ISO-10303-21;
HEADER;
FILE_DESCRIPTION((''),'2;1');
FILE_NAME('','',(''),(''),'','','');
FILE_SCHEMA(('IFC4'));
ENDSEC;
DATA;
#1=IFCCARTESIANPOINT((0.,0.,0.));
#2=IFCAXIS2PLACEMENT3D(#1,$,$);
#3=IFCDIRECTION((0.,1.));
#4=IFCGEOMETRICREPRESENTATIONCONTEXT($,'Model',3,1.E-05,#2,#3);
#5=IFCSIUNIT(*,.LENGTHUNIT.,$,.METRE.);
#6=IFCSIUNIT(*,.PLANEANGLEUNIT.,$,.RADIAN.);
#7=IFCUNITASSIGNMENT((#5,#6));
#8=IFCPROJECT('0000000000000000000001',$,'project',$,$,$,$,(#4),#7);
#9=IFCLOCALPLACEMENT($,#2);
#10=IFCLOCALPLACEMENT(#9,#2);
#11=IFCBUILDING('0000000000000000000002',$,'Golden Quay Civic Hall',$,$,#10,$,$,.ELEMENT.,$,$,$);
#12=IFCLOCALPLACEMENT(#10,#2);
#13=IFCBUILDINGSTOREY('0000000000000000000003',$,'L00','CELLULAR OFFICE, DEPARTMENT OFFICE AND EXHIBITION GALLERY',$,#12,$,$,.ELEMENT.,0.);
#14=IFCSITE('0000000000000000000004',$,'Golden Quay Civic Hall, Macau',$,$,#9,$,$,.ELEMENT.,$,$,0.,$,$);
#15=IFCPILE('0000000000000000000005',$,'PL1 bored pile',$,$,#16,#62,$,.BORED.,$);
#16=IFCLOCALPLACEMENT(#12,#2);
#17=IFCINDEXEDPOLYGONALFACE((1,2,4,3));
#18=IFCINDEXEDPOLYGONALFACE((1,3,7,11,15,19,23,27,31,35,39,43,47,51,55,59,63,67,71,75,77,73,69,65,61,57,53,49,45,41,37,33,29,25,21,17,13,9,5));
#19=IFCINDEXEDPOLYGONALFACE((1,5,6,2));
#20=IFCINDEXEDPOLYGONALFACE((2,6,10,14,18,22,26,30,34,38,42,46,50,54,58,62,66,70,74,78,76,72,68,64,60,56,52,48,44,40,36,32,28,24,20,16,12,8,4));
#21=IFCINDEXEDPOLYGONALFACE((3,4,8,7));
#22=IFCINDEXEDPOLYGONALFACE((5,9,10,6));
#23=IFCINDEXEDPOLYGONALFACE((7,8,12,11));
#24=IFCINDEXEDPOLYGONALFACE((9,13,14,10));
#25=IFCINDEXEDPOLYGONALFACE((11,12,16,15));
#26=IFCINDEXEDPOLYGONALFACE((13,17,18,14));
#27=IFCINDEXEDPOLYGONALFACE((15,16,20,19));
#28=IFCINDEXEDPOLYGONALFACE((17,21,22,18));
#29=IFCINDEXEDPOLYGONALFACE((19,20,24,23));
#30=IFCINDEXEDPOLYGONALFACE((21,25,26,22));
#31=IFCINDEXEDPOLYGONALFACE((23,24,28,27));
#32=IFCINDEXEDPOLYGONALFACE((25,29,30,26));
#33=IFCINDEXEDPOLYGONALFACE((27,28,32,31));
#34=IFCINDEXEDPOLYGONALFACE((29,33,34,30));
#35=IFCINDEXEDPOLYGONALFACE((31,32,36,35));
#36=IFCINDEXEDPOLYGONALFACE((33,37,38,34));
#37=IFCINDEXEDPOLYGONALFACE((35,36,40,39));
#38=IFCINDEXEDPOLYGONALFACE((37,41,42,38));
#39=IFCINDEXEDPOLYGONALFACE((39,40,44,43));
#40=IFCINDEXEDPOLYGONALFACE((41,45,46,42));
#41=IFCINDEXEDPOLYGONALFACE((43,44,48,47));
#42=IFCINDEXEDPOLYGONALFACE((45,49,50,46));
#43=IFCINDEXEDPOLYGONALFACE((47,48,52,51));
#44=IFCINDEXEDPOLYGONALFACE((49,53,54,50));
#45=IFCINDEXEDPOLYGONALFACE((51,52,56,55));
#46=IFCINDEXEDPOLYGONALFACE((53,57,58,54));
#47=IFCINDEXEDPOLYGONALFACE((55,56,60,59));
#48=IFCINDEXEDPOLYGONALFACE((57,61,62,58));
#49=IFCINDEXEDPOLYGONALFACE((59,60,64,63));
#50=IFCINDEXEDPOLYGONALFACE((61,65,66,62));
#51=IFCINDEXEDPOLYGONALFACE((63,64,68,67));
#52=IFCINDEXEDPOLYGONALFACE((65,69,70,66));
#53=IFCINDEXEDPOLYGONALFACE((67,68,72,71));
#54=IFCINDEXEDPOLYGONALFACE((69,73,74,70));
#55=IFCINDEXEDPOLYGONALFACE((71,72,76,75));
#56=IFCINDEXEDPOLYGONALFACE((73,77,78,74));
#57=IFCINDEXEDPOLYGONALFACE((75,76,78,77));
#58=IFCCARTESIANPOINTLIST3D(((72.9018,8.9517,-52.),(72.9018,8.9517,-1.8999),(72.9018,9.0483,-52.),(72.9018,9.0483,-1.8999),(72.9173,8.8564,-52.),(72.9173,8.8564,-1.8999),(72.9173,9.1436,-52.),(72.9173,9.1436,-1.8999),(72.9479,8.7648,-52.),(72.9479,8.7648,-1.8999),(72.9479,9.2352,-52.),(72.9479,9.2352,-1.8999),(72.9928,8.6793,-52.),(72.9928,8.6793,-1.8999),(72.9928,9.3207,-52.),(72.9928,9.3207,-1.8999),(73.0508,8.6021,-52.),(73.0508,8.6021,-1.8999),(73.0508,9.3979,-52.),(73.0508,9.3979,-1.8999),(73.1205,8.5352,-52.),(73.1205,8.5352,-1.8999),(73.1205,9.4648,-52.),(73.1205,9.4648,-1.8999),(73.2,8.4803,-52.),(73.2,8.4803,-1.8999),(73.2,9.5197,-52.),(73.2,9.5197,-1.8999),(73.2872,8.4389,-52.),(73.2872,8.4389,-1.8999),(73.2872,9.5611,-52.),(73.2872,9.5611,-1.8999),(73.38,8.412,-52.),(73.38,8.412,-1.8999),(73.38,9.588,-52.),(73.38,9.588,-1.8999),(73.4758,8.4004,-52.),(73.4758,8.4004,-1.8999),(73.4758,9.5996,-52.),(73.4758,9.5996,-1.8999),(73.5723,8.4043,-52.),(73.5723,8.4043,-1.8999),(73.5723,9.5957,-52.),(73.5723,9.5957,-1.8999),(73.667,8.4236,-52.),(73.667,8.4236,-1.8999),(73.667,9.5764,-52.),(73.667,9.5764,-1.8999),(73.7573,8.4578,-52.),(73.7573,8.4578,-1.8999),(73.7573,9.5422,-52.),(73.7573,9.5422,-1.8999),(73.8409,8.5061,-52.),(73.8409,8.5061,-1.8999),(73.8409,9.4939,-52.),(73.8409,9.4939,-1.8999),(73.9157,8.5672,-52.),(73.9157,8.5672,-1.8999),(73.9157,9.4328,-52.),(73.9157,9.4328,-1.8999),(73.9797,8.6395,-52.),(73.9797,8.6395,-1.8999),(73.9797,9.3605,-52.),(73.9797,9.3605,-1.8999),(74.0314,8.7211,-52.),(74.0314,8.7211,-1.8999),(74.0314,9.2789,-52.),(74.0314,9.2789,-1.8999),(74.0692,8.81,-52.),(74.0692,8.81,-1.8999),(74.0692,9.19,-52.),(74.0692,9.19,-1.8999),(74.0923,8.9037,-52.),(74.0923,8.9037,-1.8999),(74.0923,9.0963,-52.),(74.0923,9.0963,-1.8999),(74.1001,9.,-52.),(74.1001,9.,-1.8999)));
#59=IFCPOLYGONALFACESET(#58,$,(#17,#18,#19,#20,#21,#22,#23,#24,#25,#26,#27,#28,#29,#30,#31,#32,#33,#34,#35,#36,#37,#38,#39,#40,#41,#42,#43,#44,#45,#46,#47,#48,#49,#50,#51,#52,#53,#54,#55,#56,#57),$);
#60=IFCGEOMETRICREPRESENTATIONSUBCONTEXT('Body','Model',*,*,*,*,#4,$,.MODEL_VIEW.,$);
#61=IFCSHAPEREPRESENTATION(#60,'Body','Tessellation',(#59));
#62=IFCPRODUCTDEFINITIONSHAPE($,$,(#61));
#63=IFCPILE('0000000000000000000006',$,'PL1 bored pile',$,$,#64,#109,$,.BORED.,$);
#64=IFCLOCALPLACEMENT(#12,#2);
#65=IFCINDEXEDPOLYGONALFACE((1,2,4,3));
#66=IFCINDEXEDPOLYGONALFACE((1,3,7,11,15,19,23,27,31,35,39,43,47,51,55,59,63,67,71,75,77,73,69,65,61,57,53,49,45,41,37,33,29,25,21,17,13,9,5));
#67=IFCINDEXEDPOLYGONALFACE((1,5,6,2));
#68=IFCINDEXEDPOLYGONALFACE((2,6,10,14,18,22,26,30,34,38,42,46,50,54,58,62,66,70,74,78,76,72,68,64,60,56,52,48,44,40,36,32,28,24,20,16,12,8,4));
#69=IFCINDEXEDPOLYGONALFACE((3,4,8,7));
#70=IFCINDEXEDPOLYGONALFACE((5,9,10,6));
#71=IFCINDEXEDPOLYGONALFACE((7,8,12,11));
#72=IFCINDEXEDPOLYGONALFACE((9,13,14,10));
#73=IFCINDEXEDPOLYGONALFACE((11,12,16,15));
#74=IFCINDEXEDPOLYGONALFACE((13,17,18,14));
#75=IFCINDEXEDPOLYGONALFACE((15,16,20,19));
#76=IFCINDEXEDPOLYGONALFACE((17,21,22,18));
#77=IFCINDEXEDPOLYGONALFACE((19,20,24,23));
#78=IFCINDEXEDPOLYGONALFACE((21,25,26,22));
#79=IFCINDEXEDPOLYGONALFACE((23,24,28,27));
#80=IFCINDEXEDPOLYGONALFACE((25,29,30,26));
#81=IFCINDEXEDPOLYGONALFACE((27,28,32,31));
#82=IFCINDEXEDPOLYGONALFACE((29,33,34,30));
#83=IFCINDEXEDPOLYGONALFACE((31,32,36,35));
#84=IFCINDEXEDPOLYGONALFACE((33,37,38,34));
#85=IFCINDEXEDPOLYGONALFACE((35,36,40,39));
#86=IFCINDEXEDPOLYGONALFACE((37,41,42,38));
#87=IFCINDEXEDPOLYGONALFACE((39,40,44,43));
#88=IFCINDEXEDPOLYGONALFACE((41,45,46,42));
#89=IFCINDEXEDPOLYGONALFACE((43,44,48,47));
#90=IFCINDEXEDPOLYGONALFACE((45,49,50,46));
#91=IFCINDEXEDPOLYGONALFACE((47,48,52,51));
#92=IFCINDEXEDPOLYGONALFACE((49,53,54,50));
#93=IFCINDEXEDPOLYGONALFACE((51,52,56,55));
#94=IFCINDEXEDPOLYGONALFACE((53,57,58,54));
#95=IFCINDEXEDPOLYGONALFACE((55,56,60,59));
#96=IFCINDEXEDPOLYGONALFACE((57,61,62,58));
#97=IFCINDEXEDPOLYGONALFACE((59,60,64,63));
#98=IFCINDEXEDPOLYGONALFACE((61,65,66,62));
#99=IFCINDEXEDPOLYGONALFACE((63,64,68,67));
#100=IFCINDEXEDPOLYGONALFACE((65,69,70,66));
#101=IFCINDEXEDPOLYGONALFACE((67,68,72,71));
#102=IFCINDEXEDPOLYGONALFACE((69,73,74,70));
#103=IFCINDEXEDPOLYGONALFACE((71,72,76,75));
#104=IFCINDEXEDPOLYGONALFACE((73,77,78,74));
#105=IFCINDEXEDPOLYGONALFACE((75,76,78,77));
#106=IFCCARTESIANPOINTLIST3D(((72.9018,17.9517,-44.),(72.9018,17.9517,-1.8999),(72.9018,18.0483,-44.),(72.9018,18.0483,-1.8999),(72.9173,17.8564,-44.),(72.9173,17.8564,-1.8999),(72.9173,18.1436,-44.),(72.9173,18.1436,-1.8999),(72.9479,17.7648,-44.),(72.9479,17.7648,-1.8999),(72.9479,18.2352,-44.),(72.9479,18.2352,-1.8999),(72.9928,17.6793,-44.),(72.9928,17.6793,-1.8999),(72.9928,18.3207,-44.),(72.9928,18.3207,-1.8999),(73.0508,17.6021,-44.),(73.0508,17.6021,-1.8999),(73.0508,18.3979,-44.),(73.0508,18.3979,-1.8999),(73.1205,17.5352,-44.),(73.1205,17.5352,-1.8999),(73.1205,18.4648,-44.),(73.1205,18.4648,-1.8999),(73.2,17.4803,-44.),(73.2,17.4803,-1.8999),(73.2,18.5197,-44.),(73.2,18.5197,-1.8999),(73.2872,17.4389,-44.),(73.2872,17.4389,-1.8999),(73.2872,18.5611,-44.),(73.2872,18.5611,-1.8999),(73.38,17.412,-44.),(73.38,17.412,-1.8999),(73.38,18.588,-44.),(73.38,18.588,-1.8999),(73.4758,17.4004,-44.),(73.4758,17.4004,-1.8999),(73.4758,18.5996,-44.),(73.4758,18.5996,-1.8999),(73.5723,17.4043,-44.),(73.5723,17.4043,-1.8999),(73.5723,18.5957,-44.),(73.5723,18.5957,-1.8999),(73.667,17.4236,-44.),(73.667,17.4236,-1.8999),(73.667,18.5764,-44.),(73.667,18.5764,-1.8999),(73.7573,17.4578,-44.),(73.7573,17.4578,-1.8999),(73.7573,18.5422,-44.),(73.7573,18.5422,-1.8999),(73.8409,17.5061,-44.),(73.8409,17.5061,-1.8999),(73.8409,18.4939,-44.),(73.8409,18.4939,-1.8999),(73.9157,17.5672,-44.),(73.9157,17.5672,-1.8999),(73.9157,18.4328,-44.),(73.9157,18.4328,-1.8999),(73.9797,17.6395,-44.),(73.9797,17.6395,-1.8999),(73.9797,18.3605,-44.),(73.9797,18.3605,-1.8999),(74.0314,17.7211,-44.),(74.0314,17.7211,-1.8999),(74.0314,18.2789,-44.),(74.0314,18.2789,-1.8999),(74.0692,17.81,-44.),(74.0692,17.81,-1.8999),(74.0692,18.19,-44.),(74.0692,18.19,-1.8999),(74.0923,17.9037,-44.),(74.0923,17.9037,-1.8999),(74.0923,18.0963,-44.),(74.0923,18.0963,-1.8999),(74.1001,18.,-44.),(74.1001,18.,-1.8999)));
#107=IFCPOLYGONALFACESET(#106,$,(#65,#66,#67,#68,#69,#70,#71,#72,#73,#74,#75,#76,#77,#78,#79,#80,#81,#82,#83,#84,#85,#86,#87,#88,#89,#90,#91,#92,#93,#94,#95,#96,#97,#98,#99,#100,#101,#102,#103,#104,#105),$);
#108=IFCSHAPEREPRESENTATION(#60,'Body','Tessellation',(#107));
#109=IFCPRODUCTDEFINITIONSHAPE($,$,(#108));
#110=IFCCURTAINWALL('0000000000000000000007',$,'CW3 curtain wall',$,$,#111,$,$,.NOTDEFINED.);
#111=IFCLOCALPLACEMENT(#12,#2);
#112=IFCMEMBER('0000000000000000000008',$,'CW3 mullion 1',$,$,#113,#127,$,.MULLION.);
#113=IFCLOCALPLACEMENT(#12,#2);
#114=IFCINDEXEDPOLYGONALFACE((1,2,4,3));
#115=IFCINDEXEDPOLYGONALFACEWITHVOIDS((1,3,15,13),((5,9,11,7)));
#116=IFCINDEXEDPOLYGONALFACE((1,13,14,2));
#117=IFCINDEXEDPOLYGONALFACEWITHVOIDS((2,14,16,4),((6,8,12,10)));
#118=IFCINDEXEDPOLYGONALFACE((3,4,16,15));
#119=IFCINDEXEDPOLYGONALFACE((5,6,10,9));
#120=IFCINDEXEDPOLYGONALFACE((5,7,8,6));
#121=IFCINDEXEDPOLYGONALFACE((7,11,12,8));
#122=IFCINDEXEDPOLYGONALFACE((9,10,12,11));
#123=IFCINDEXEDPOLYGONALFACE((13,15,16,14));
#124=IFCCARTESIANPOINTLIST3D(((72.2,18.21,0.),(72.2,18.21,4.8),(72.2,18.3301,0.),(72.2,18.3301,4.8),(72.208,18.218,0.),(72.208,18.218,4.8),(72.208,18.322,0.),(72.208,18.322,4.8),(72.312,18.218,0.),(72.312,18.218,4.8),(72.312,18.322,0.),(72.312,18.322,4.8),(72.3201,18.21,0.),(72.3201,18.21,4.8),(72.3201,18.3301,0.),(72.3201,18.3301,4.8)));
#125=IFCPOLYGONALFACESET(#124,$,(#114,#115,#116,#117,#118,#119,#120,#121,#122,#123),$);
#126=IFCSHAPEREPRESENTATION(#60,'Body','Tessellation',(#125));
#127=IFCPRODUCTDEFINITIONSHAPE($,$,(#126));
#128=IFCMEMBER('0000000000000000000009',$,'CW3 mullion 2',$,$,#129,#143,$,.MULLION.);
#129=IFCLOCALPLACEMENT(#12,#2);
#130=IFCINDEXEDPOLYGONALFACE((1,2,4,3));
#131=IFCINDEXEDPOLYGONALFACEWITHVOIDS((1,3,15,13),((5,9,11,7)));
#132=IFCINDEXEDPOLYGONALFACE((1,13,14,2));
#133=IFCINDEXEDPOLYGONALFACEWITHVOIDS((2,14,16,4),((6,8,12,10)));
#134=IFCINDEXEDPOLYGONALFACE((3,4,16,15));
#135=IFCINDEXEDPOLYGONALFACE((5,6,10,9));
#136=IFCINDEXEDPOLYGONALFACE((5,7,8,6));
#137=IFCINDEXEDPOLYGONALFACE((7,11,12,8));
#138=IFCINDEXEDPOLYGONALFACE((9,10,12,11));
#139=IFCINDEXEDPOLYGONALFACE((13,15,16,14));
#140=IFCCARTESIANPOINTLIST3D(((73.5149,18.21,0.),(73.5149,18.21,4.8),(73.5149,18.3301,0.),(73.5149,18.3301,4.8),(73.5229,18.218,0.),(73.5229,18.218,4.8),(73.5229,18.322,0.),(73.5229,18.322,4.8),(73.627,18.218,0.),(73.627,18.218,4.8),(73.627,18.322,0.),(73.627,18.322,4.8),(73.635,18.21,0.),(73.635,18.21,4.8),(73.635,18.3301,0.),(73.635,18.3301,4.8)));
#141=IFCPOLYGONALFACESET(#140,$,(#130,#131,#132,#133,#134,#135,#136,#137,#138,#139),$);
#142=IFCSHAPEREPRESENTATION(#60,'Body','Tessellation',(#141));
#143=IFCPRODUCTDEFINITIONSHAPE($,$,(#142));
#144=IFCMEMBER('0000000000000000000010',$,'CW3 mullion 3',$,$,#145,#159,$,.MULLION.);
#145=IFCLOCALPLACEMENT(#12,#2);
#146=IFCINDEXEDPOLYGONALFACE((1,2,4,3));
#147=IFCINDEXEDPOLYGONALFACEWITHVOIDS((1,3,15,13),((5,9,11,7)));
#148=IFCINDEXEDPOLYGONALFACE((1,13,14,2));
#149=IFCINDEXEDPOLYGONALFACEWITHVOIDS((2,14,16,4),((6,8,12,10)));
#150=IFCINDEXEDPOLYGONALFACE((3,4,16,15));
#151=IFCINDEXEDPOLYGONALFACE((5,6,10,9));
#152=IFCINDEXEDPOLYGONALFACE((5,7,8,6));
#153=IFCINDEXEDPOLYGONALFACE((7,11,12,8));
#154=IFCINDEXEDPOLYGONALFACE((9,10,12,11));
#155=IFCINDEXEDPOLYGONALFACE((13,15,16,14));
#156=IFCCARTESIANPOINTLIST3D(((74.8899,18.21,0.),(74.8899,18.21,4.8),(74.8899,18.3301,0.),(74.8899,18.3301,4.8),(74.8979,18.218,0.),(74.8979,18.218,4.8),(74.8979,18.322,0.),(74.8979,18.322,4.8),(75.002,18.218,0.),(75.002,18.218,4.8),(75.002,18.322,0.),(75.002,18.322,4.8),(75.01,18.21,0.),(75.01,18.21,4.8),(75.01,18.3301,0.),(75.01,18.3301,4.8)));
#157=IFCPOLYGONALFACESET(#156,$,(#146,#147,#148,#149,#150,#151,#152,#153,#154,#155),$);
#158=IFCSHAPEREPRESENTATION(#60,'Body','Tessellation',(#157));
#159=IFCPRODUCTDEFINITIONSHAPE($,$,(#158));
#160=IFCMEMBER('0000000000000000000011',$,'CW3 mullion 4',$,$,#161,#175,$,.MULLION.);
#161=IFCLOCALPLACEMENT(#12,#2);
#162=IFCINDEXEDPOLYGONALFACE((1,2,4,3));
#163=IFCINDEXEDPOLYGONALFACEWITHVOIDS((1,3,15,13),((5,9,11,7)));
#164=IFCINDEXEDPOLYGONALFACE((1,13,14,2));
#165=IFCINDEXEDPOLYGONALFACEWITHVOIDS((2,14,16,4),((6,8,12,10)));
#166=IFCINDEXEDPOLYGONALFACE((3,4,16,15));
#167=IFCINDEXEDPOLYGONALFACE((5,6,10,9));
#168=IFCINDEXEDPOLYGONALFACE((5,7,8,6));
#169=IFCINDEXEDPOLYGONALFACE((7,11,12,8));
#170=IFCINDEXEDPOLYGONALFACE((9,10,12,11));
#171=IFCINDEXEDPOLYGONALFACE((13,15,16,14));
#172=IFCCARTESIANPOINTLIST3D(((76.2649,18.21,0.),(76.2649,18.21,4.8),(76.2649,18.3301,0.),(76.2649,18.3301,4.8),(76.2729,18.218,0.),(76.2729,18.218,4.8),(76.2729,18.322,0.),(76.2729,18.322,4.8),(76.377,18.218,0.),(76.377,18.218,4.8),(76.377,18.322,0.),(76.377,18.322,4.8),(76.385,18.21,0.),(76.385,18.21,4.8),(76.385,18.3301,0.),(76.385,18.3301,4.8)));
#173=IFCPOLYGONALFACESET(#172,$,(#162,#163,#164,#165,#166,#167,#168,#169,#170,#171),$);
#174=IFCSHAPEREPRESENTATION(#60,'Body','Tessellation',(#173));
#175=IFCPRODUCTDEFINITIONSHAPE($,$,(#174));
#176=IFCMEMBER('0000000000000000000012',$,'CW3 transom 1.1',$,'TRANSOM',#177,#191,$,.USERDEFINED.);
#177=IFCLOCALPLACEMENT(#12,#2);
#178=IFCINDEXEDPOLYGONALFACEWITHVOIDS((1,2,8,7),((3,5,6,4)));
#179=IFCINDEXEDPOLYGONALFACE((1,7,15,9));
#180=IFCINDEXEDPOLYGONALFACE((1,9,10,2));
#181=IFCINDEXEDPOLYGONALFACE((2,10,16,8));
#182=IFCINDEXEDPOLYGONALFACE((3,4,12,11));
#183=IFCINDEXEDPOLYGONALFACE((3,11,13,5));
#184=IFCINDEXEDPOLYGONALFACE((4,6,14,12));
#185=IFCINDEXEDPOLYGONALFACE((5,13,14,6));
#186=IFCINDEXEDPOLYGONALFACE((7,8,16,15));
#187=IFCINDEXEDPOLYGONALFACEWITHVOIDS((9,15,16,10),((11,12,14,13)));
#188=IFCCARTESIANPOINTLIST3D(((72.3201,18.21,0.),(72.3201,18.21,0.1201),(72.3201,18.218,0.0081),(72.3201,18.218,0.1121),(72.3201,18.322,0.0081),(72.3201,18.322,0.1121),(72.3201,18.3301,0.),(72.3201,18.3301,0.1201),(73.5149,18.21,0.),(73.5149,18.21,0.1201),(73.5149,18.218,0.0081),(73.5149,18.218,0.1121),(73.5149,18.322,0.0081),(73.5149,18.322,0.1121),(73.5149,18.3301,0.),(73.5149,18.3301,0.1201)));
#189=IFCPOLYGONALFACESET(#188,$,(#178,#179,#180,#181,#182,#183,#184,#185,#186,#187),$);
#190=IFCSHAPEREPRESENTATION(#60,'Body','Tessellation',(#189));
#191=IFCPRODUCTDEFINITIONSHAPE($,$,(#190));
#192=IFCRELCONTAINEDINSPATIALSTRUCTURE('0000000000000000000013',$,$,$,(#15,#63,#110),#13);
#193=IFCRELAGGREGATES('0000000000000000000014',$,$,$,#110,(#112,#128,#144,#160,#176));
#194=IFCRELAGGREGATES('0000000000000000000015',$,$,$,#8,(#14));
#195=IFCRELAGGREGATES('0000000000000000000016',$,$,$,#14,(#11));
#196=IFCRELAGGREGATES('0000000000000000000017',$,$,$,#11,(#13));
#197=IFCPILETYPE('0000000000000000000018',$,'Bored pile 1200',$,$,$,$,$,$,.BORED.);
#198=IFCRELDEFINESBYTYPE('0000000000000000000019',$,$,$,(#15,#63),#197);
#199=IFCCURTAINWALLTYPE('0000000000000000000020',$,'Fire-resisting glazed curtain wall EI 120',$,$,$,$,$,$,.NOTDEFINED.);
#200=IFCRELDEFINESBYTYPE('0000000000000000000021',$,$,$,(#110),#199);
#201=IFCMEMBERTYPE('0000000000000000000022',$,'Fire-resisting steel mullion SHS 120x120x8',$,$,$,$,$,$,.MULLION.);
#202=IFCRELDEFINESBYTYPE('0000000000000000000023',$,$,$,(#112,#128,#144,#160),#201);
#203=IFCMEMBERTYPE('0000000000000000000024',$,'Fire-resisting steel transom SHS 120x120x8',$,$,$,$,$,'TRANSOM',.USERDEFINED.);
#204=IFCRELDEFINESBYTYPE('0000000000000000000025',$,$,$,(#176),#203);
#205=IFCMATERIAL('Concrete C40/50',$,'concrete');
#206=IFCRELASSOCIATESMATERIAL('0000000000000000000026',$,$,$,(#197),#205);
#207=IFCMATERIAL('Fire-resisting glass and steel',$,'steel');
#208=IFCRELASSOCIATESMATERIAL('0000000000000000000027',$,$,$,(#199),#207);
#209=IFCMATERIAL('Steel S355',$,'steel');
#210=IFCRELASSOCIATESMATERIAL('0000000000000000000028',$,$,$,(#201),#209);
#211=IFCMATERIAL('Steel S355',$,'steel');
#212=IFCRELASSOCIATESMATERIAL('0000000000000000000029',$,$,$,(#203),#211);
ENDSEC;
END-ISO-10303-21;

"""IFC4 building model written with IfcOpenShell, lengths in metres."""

from ifc_helpers import new_model, si_unit, direction, frame, origin, origin_2d, place, context, subcontext, project, spatial, hollow_rectangle, circle, extrude, material, material_profile, profile_set, type_object, element, aggregate, save


model = new_model("IFC4")

# Units and contexts
model_context = context("Model", 3, precision=1e-05, world=origin(), true_north=direction((0.0, 1.0)))
body_context = subcontext(model_context, "Body", "Model", "MODEL_VIEW")
ifc_project = project(units=[si_unit("LENGTHUNIT", "METRE"), si_unit("PLANEANGLEUNIT", "RADIAN")], contexts=[model_context])

# Site, building, storey
site_placement = place(None, origin())
site = spatial("IfcSite", under=ifc_project, at=site_placement, Name="Golden Quay Civic Hall, Macau", CompositionType="ELEMENT", RefElevation=0.0)
building_placement = place(site_placement, origin())
building = spatial("IfcBuilding", under=site, at=building_placement, Name="Golden Quay Civic Hall", CompositionType="ELEMENT")
storey_placement = place(building_placement, origin())
storey = spatial("IfcBuildingStorey", under=building, at=storey_placement, Name="L00", Description="CELLULAR OFFICE, DEPARTMENT OFFICE AND EXHIBITION GALLERY", CompositionType="ELEMENT", Elevation=0.0)

# Piles
ifc_material_1 = material(Name="Concrete C40/50", Category="concrete")
ifc_material_profile_1 = material_profile(ifc_material_1, circle(Radius=0.6001, at=origin_2d()), Name="RC D1200")
ifc_profile_set_1 = profile_set([ifc_material_profile_1], Name="Concrete C40/50")
pile_type = type_object("IfcPileType", Name="Bored pile 1200", PredefinedType="BORED", material=ifc_profile_set_1)
pile_1_placement = place(storey_placement, frame((73.5, 9.0, -1.8999), z_axis=(0.0, 0.0, -1.0), x_axis=(1.0, 0.0, 0.0)))
element("IfcPile", 1, at=pile_1_placement, inside=storey, type_object=pile_type, Name="PL1 bored pile", PredefinedType="BORED", context=body_context, shape_type="SweptSolid", body=[
    extrude(circle(Radius=0.6001, at=origin_2d()), origin(), (0.0, 0.0, 1.0), 50.1001),
])
pile_2_placement = place(storey_placement, frame((73.5, 18.0, -1.8999), z_axis=(0.0, 0.0, -1.0), x_axis=(1.0, 0.0, 0.0)))
element("IfcPile", 2, at=pile_2_placement, inside=storey, type_object=pile_type, Name="PL1 bored pile", PredefinedType="BORED", context=body_context, shape_type="SweptSolid", body=[
    extrude(circle(Radius=0.6001, at=origin_2d()), origin(), (0.0, 0.0, 1.0), 42.1001),
])

# Curtain wall, members
ifc_material_2 = material(Name="Fire-resisting glass and steel", Category="steel")
curtain_wall_type = type_object("IfcCurtainWallType", Name="Fire-resisting glazed curtain wall EI 120", PredefinedType="NOTDEFINED", material=ifc_material_2)
curtain_wall_placement = place(storey_placement, origin())
curtain_wall = element("IfcCurtainWall", 3, at=curtain_wall_placement, inside=storey, type_object=curtain_wall_type, Name="CW3 curtain wall", PredefinedType="NOTDEFINED")
ifc_material_3 = material(Name="Steel S355", Category="steel")
ifc_material_profile_2 = material_profile(ifc_material_3, hollow_rectangle(XDim=0.1201, YDim=0.1201, WallThickness=0.0081, at=origin_2d()), Name="SHS 120x120x8")
ifc_profile_set_2 = profile_set([ifc_material_profile_2], Name="Steel S355")
member_type_1 = type_object("IfcMemberType", Name="Fire-resisting steel mullion SHS 120x120x8", PredefinedType="MULLION", material=ifc_profile_set_2)
member_1_placement = place(storey_placement, frame((72.26, 18.27, 0.0), z_axis=(0.0, 0.0, 1.0), x_axis=(0.0, 1.0, 0.0)))
member_1 = element("IfcMember", 4, at=member_1_placement, type_object=member_type_1, Name="CW3 mullion 1", PredefinedType="MULLION", context=body_context, shape_type="SweptSolid", body=[
    extrude(hollow_rectangle(XDim=0.1201, YDim=0.1201, WallThickness=0.0081, at=origin_2d()), origin(), (0.0, 0.0, 1.0), 4.8),
])
member_2_placement = place(storey_placement, frame((73.575, 18.27, 0.0), z_axis=(0.0, 0.0, 1.0), x_axis=(0.0, 1.0, 0.0)))
member_2 = element("IfcMember", 5, at=member_2_placement, type_object=member_type_1, Name="CW3 mullion 2", PredefinedType="MULLION", context=body_context, shape_type="SweptSolid", body=[
    extrude(hollow_rectangle(XDim=0.1201, YDim=0.1201, WallThickness=0.0081, at=origin_2d()), origin(), (0.0, 0.0, 1.0), 4.8),
])
member_3_placement = place(storey_placement, frame((74.95, 18.27, 0.0), z_axis=(0.0, 0.0, 1.0), x_axis=(0.0, 1.0, 0.0)))
member_3 = element("IfcMember", 6, at=member_3_placement, type_object=member_type_1, Name="CW3 mullion 3", PredefinedType="MULLION", context=body_context, shape_type="SweptSolid", body=[
    extrude(hollow_rectangle(XDim=0.1201, YDim=0.1201, WallThickness=0.0081, at=origin_2d()), origin(), (0.0, 0.0, 1.0), 4.8),
])
member_4_placement = place(storey_placement, frame((76.325, 18.27, 0.0), z_axis=(0.0, 0.0, 1.0), x_axis=(0.0, 1.0, 0.0)))
member_4 = element("IfcMember", 7, at=member_4_placement, type_object=member_type_1, Name="CW3 mullion 4", PredefinedType="MULLION", context=body_context, shape_type="SweptSolid", body=[
    extrude(hollow_rectangle(XDim=0.1201, YDim=0.1201, WallThickness=0.0081, at=origin_2d()), origin(), (0.0, 0.0, 1.0), 4.8),
])
ifc_material_4 = material(Name="Steel S355", Category="steel")
ifc_material_profile_3 = material_profile(ifc_material_4, hollow_rectangle(XDim=0.1201, YDim=0.1201, WallThickness=0.0081, at=origin_2d()), Name="SHS 120x120x8")
ifc_profile_set_3 = profile_set([ifc_material_profile_3], Name="Steel S355")
member_type_2 = type_object("IfcMemberType", Name="Fire-resisting steel transom SHS 120x120x8", ElementType="TRANSOM", PredefinedType="USERDEFINED", material=ifc_profile_set_3)
member_5_placement = place(storey_placement, frame((72.3201, 18.27, 0.0601), z_axis=(1.0, 0.0, 0.0), x_axis=(0.0, 1.0, 0.0)))
member_5 = element("IfcMember", 8, at=member_5_placement, type_object=member_type_2, Name="CW3 transom 1.1", ObjectType="TRANSOM", PredefinedType="USERDEFINED", context=body_context, shape_type="SweptSolid", body=[
    extrude(hollow_rectangle(XDim=0.1201, YDim=0.1201, WallThickness=0.0081, at=origin_2d()), origin(), (0.0, 0.0, 1.0), 1.1948),
])
aggregate(curtain_wall, [member_1, member_2, member_3, member_4, member_5])

save(model, "model.ifc")
